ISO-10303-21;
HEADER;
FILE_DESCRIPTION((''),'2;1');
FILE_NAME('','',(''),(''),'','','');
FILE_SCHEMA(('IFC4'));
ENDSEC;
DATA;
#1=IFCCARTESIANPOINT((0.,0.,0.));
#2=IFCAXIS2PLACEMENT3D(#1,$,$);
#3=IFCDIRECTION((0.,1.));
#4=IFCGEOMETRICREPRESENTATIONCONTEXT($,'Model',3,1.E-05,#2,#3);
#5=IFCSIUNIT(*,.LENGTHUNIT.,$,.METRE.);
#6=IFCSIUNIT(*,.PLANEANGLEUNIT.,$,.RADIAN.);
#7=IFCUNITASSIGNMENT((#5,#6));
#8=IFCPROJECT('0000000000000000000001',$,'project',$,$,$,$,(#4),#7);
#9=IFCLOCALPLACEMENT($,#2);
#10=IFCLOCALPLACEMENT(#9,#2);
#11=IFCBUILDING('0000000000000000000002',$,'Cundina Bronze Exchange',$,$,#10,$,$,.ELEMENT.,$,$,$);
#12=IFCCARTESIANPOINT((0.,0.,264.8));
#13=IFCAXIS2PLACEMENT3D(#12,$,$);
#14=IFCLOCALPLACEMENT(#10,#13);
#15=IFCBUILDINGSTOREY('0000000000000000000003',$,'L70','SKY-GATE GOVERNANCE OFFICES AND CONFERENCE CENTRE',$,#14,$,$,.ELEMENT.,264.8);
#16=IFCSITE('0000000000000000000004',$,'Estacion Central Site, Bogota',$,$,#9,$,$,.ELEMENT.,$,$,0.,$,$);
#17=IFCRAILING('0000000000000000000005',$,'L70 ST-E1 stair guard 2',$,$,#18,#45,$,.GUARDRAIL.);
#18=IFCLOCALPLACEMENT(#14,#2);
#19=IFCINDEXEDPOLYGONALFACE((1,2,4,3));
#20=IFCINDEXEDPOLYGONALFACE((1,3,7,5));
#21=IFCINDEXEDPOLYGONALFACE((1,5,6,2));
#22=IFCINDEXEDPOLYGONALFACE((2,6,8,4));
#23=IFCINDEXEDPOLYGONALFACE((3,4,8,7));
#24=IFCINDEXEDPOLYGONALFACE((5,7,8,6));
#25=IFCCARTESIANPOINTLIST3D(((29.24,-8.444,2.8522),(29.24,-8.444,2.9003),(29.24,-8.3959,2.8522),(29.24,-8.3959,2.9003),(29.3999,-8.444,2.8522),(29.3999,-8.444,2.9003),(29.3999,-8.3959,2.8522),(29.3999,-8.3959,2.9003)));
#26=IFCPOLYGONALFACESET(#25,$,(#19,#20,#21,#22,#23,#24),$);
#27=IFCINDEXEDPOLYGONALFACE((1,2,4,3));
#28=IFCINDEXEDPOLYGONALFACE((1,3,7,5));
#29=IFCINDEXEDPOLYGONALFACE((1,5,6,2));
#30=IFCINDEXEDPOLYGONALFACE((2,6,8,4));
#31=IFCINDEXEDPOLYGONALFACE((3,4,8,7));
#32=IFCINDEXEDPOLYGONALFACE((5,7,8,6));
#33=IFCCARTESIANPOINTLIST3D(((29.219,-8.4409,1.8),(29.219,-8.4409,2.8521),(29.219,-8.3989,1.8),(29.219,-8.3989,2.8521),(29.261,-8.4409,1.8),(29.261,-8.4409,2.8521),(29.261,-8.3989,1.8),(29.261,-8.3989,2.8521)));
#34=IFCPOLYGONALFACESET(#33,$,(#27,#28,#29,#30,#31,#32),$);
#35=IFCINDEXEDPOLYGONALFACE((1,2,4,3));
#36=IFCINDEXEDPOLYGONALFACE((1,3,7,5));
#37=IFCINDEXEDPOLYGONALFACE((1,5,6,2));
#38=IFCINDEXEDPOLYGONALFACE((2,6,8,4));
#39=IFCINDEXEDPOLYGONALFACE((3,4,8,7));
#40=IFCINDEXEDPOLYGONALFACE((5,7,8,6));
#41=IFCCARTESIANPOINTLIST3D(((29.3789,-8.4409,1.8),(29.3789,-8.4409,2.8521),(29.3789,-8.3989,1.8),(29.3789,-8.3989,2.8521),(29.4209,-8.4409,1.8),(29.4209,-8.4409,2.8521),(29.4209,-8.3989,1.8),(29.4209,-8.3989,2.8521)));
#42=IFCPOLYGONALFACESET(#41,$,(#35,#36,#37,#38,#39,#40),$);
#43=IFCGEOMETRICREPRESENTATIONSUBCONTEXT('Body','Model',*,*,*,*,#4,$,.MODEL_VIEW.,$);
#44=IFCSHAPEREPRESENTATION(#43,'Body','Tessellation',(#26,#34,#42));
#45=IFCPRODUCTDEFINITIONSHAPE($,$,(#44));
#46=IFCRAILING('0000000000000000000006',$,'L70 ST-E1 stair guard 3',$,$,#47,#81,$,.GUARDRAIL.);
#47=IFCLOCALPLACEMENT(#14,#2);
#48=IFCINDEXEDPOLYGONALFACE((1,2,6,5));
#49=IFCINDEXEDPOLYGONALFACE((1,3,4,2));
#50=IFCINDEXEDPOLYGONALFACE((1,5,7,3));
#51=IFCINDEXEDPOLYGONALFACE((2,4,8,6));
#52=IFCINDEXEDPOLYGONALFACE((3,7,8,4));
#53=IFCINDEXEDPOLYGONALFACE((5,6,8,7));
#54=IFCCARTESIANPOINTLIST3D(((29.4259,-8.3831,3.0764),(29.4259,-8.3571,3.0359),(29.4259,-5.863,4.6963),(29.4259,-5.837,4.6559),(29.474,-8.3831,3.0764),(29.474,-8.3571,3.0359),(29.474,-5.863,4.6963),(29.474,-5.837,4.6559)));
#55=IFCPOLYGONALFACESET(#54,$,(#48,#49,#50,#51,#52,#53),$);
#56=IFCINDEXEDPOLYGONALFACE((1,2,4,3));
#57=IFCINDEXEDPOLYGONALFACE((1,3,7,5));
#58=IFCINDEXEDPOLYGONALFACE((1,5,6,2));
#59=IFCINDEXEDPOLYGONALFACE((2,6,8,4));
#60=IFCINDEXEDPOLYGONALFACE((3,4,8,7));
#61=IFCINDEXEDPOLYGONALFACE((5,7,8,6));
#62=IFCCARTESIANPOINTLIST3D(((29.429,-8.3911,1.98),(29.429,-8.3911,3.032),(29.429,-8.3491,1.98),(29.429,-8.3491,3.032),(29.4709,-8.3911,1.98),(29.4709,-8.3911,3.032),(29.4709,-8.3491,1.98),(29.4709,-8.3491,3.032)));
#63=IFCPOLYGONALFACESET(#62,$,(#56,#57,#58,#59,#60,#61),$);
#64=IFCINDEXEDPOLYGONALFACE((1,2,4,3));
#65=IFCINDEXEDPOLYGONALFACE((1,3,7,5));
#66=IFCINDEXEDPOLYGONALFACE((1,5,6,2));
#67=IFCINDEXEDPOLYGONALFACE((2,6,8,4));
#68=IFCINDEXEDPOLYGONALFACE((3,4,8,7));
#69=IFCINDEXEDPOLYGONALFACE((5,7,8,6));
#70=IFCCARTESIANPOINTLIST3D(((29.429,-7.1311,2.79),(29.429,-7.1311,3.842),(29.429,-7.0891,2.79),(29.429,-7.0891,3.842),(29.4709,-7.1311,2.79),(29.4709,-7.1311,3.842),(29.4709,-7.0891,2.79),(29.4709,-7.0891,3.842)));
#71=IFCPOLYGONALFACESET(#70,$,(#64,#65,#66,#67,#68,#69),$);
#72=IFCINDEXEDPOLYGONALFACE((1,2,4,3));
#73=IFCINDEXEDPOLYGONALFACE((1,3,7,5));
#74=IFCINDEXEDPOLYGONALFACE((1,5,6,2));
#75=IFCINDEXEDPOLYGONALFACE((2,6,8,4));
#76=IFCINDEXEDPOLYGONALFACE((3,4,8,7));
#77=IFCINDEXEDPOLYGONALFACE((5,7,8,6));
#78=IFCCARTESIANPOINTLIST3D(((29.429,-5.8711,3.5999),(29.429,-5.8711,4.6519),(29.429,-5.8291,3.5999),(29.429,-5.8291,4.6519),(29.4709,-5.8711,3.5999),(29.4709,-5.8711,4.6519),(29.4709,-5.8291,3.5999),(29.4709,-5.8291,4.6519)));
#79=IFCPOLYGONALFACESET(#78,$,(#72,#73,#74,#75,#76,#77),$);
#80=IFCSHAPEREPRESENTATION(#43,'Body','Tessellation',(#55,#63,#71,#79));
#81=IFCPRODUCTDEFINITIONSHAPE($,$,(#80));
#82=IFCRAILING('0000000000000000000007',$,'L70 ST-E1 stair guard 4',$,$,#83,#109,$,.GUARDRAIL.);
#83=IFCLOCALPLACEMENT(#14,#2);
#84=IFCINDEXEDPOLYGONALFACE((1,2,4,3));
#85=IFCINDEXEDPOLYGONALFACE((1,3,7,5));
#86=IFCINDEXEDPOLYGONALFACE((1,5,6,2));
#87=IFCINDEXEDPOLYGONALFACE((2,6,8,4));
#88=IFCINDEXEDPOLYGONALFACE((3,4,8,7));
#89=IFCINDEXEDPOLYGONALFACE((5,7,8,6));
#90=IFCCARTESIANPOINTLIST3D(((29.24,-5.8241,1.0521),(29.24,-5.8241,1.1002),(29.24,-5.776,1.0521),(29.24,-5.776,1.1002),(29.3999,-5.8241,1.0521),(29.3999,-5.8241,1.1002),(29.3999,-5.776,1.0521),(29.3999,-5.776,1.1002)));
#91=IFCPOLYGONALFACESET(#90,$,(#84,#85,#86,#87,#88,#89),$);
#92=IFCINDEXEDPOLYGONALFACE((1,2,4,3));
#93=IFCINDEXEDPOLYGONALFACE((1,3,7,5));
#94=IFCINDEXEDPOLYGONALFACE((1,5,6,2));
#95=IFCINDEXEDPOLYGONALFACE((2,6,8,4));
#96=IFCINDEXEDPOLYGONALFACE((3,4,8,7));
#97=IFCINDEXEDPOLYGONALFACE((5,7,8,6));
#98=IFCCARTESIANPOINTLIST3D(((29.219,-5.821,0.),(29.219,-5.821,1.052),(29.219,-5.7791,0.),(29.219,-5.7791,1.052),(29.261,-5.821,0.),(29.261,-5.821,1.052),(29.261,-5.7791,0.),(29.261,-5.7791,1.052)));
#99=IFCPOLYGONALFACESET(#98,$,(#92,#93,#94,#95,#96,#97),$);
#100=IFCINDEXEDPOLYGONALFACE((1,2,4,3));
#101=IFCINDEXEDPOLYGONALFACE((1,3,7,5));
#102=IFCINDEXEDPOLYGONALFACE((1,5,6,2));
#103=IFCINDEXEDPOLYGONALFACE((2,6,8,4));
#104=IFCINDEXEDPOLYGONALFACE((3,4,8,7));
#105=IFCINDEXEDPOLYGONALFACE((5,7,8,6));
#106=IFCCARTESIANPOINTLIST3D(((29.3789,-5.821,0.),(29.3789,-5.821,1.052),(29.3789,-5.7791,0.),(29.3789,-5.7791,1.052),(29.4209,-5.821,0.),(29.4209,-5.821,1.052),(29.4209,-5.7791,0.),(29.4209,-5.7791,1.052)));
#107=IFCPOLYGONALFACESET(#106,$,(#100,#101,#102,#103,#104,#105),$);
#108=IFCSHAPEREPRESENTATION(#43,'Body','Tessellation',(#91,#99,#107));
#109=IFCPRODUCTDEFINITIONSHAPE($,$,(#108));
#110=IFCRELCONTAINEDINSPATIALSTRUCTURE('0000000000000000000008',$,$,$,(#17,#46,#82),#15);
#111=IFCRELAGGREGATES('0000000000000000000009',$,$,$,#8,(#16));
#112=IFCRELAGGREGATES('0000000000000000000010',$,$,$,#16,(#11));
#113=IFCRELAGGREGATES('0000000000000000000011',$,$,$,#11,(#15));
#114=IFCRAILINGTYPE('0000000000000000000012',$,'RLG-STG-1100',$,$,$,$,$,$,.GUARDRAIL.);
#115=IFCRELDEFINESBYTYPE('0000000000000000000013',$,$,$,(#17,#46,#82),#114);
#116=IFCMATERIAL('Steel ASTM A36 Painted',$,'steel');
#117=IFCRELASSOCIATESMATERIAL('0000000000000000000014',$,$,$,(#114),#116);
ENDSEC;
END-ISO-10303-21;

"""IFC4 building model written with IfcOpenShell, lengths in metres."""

from ifc_helpers import new_model, si_unit, direction, frame, origin, origin_2d, place, context, subcontext, project, spatial, rectangle, extrude, material, type_object, element, save


model = new_model("IFC4")

# Units and contexts
model_context = context("Model", 3, precision=1e-05, world=origin(), true_north=direction((0.0, 1.0)))
body_context = subcontext(model_context, "Body", "Model", "MODEL_VIEW")
ifc_project = project(units=[si_unit("LENGTHUNIT", "METRE"), si_unit("PLANEANGLEUNIT", "RADIAN")], contexts=[model_context])

# Site, building, storey
site_placement = place(None, origin())
site = spatial("IfcSite", under=ifc_project, at=site_placement, Name="Estacion Central Site, Bogota", CompositionType="ELEMENT", RefElevation=0.0)
building_placement = place(site_placement, origin())
building = spatial("IfcBuilding", under=site, at=building_placement, Name="Cundina Bronze Exchange", CompositionType="ELEMENT")
storey_placement = place(building_placement, frame((0.0, 0.0, 264.8)))
storey = spatial("IfcBuildingStorey", under=building, at=storey_placement, Name="L70", Description="SKY-GATE GOVERNANCE OFFICES AND CONFERENCE CENTRE", CompositionType="ELEMENT", Elevation=264.8)

# Railings
ifc_material_1 = material(Name="Steel ASTM A36 Painted", Category="steel")
railing_type_1 = type_object("IfcRailingType", Name="RLG-STG-1100", PredefinedType="GUARDRAIL", material=ifc_material_1)
railing_1_placement = place(storey_placement, frame((29.24, -8.4199, 1.8)))
element("IfcRailing", 1, at=railing_1_placement, inside=storey, type_object=railing_type_1, Name="L70 ST-E1 stair guard 2", PredefinedType="GUARDRAIL", context=body_context, shape_type="SweptSolid", body=[
    extrude(rectangle(XDim=0.0481, YDim=0.0481, at=origin_2d()), frame((0.0, 0.0, 1.0762), z_axis=(1.0, 0.0, 0.0), x_axis=(0.0, 1.0, 0.0)), (0.0, 0.0, 1.0), 0.1599),
    extrude(rectangle(XDim=0.042, YDim=0.042, at=origin_2d()), origin(), (0.0, 0.0, 1.0), 1.052),
    extrude(rectangle(XDim=0.042, YDim=0.042, at=origin_2d()), frame((0.1599, 0.0, 0.0)), (0.0, 0.0, 1.0), 1.052),
])
railing_2_placement = place(storey_placement, frame((29.45, -8.3701, 1.98)))
element("IfcRailing", 2, at=railing_2_placement, inside=storey, type_object=railing_type_1, Name="L70 ST-E1 stair guard 3", PredefinedType="GUARDRAIL", context=body_context, shape_type="SweptSolid", body=[
    extrude(rectangle(XDim=0.0481, YDim=0.0481, at=origin_2d()), frame((0.0, 0.0, 1.0762), z_axis=(0.0, 0.8412, 0.540725), x_axis=(-1.0, 0.0, 0.0)), (0.0, 0.0, 1.0), 2.9958),
    extrude(rectangle(XDim=0.042, YDim=0.042, at=origin_2d()), origin(), (0.0, 0.0, 1.0), 1.052),
    extrude(rectangle(XDim=0.042, YDim=0.042, at=origin_2d()), frame((0.0, 1.26, 0.8101)), (0.0, 0.0, 1.0), 1.052),
    extrude(rectangle(XDim=0.042, YDim=0.042, at=origin_2d()), frame((0.0, 2.52, 1.6199)), (0.0, 0.0, 1.0), 1.052),
])
railing_3_placement = place(storey_placement, frame((29.24, -5.8, 0.0)))
element("IfcRailing", 3, at=railing_3_placement, inside=storey, type_object=railing_type_1, Name="L70 ST-E1 stair guard 4", PredefinedType="GUARDRAIL", context=body_context, shape_type="SweptSolid", body=[
    extrude(rectangle(XDim=0.0481, YDim=0.0481, at=origin_2d()), frame((0.0, 0.0, 1.0762), z_axis=(1.0, 0.0, 0.0), x_axis=(0.0, 1.0, 0.0)), (0.0, 0.0, 1.0), 0.1599),
    extrude(rectangle(XDim=0.042, YDim=0.042, at=origin_2d()), origin(), (0.0, 0.0, 1.0), 1.052),
    extrude(rectangle(XDim=0.042, YDim=0.042, at=origin_2d()), frame((0.1599, 0.0, 0.0)), (0.0, 0.0, 1.0), 1.052),
])

save(model, "model.ifc")
